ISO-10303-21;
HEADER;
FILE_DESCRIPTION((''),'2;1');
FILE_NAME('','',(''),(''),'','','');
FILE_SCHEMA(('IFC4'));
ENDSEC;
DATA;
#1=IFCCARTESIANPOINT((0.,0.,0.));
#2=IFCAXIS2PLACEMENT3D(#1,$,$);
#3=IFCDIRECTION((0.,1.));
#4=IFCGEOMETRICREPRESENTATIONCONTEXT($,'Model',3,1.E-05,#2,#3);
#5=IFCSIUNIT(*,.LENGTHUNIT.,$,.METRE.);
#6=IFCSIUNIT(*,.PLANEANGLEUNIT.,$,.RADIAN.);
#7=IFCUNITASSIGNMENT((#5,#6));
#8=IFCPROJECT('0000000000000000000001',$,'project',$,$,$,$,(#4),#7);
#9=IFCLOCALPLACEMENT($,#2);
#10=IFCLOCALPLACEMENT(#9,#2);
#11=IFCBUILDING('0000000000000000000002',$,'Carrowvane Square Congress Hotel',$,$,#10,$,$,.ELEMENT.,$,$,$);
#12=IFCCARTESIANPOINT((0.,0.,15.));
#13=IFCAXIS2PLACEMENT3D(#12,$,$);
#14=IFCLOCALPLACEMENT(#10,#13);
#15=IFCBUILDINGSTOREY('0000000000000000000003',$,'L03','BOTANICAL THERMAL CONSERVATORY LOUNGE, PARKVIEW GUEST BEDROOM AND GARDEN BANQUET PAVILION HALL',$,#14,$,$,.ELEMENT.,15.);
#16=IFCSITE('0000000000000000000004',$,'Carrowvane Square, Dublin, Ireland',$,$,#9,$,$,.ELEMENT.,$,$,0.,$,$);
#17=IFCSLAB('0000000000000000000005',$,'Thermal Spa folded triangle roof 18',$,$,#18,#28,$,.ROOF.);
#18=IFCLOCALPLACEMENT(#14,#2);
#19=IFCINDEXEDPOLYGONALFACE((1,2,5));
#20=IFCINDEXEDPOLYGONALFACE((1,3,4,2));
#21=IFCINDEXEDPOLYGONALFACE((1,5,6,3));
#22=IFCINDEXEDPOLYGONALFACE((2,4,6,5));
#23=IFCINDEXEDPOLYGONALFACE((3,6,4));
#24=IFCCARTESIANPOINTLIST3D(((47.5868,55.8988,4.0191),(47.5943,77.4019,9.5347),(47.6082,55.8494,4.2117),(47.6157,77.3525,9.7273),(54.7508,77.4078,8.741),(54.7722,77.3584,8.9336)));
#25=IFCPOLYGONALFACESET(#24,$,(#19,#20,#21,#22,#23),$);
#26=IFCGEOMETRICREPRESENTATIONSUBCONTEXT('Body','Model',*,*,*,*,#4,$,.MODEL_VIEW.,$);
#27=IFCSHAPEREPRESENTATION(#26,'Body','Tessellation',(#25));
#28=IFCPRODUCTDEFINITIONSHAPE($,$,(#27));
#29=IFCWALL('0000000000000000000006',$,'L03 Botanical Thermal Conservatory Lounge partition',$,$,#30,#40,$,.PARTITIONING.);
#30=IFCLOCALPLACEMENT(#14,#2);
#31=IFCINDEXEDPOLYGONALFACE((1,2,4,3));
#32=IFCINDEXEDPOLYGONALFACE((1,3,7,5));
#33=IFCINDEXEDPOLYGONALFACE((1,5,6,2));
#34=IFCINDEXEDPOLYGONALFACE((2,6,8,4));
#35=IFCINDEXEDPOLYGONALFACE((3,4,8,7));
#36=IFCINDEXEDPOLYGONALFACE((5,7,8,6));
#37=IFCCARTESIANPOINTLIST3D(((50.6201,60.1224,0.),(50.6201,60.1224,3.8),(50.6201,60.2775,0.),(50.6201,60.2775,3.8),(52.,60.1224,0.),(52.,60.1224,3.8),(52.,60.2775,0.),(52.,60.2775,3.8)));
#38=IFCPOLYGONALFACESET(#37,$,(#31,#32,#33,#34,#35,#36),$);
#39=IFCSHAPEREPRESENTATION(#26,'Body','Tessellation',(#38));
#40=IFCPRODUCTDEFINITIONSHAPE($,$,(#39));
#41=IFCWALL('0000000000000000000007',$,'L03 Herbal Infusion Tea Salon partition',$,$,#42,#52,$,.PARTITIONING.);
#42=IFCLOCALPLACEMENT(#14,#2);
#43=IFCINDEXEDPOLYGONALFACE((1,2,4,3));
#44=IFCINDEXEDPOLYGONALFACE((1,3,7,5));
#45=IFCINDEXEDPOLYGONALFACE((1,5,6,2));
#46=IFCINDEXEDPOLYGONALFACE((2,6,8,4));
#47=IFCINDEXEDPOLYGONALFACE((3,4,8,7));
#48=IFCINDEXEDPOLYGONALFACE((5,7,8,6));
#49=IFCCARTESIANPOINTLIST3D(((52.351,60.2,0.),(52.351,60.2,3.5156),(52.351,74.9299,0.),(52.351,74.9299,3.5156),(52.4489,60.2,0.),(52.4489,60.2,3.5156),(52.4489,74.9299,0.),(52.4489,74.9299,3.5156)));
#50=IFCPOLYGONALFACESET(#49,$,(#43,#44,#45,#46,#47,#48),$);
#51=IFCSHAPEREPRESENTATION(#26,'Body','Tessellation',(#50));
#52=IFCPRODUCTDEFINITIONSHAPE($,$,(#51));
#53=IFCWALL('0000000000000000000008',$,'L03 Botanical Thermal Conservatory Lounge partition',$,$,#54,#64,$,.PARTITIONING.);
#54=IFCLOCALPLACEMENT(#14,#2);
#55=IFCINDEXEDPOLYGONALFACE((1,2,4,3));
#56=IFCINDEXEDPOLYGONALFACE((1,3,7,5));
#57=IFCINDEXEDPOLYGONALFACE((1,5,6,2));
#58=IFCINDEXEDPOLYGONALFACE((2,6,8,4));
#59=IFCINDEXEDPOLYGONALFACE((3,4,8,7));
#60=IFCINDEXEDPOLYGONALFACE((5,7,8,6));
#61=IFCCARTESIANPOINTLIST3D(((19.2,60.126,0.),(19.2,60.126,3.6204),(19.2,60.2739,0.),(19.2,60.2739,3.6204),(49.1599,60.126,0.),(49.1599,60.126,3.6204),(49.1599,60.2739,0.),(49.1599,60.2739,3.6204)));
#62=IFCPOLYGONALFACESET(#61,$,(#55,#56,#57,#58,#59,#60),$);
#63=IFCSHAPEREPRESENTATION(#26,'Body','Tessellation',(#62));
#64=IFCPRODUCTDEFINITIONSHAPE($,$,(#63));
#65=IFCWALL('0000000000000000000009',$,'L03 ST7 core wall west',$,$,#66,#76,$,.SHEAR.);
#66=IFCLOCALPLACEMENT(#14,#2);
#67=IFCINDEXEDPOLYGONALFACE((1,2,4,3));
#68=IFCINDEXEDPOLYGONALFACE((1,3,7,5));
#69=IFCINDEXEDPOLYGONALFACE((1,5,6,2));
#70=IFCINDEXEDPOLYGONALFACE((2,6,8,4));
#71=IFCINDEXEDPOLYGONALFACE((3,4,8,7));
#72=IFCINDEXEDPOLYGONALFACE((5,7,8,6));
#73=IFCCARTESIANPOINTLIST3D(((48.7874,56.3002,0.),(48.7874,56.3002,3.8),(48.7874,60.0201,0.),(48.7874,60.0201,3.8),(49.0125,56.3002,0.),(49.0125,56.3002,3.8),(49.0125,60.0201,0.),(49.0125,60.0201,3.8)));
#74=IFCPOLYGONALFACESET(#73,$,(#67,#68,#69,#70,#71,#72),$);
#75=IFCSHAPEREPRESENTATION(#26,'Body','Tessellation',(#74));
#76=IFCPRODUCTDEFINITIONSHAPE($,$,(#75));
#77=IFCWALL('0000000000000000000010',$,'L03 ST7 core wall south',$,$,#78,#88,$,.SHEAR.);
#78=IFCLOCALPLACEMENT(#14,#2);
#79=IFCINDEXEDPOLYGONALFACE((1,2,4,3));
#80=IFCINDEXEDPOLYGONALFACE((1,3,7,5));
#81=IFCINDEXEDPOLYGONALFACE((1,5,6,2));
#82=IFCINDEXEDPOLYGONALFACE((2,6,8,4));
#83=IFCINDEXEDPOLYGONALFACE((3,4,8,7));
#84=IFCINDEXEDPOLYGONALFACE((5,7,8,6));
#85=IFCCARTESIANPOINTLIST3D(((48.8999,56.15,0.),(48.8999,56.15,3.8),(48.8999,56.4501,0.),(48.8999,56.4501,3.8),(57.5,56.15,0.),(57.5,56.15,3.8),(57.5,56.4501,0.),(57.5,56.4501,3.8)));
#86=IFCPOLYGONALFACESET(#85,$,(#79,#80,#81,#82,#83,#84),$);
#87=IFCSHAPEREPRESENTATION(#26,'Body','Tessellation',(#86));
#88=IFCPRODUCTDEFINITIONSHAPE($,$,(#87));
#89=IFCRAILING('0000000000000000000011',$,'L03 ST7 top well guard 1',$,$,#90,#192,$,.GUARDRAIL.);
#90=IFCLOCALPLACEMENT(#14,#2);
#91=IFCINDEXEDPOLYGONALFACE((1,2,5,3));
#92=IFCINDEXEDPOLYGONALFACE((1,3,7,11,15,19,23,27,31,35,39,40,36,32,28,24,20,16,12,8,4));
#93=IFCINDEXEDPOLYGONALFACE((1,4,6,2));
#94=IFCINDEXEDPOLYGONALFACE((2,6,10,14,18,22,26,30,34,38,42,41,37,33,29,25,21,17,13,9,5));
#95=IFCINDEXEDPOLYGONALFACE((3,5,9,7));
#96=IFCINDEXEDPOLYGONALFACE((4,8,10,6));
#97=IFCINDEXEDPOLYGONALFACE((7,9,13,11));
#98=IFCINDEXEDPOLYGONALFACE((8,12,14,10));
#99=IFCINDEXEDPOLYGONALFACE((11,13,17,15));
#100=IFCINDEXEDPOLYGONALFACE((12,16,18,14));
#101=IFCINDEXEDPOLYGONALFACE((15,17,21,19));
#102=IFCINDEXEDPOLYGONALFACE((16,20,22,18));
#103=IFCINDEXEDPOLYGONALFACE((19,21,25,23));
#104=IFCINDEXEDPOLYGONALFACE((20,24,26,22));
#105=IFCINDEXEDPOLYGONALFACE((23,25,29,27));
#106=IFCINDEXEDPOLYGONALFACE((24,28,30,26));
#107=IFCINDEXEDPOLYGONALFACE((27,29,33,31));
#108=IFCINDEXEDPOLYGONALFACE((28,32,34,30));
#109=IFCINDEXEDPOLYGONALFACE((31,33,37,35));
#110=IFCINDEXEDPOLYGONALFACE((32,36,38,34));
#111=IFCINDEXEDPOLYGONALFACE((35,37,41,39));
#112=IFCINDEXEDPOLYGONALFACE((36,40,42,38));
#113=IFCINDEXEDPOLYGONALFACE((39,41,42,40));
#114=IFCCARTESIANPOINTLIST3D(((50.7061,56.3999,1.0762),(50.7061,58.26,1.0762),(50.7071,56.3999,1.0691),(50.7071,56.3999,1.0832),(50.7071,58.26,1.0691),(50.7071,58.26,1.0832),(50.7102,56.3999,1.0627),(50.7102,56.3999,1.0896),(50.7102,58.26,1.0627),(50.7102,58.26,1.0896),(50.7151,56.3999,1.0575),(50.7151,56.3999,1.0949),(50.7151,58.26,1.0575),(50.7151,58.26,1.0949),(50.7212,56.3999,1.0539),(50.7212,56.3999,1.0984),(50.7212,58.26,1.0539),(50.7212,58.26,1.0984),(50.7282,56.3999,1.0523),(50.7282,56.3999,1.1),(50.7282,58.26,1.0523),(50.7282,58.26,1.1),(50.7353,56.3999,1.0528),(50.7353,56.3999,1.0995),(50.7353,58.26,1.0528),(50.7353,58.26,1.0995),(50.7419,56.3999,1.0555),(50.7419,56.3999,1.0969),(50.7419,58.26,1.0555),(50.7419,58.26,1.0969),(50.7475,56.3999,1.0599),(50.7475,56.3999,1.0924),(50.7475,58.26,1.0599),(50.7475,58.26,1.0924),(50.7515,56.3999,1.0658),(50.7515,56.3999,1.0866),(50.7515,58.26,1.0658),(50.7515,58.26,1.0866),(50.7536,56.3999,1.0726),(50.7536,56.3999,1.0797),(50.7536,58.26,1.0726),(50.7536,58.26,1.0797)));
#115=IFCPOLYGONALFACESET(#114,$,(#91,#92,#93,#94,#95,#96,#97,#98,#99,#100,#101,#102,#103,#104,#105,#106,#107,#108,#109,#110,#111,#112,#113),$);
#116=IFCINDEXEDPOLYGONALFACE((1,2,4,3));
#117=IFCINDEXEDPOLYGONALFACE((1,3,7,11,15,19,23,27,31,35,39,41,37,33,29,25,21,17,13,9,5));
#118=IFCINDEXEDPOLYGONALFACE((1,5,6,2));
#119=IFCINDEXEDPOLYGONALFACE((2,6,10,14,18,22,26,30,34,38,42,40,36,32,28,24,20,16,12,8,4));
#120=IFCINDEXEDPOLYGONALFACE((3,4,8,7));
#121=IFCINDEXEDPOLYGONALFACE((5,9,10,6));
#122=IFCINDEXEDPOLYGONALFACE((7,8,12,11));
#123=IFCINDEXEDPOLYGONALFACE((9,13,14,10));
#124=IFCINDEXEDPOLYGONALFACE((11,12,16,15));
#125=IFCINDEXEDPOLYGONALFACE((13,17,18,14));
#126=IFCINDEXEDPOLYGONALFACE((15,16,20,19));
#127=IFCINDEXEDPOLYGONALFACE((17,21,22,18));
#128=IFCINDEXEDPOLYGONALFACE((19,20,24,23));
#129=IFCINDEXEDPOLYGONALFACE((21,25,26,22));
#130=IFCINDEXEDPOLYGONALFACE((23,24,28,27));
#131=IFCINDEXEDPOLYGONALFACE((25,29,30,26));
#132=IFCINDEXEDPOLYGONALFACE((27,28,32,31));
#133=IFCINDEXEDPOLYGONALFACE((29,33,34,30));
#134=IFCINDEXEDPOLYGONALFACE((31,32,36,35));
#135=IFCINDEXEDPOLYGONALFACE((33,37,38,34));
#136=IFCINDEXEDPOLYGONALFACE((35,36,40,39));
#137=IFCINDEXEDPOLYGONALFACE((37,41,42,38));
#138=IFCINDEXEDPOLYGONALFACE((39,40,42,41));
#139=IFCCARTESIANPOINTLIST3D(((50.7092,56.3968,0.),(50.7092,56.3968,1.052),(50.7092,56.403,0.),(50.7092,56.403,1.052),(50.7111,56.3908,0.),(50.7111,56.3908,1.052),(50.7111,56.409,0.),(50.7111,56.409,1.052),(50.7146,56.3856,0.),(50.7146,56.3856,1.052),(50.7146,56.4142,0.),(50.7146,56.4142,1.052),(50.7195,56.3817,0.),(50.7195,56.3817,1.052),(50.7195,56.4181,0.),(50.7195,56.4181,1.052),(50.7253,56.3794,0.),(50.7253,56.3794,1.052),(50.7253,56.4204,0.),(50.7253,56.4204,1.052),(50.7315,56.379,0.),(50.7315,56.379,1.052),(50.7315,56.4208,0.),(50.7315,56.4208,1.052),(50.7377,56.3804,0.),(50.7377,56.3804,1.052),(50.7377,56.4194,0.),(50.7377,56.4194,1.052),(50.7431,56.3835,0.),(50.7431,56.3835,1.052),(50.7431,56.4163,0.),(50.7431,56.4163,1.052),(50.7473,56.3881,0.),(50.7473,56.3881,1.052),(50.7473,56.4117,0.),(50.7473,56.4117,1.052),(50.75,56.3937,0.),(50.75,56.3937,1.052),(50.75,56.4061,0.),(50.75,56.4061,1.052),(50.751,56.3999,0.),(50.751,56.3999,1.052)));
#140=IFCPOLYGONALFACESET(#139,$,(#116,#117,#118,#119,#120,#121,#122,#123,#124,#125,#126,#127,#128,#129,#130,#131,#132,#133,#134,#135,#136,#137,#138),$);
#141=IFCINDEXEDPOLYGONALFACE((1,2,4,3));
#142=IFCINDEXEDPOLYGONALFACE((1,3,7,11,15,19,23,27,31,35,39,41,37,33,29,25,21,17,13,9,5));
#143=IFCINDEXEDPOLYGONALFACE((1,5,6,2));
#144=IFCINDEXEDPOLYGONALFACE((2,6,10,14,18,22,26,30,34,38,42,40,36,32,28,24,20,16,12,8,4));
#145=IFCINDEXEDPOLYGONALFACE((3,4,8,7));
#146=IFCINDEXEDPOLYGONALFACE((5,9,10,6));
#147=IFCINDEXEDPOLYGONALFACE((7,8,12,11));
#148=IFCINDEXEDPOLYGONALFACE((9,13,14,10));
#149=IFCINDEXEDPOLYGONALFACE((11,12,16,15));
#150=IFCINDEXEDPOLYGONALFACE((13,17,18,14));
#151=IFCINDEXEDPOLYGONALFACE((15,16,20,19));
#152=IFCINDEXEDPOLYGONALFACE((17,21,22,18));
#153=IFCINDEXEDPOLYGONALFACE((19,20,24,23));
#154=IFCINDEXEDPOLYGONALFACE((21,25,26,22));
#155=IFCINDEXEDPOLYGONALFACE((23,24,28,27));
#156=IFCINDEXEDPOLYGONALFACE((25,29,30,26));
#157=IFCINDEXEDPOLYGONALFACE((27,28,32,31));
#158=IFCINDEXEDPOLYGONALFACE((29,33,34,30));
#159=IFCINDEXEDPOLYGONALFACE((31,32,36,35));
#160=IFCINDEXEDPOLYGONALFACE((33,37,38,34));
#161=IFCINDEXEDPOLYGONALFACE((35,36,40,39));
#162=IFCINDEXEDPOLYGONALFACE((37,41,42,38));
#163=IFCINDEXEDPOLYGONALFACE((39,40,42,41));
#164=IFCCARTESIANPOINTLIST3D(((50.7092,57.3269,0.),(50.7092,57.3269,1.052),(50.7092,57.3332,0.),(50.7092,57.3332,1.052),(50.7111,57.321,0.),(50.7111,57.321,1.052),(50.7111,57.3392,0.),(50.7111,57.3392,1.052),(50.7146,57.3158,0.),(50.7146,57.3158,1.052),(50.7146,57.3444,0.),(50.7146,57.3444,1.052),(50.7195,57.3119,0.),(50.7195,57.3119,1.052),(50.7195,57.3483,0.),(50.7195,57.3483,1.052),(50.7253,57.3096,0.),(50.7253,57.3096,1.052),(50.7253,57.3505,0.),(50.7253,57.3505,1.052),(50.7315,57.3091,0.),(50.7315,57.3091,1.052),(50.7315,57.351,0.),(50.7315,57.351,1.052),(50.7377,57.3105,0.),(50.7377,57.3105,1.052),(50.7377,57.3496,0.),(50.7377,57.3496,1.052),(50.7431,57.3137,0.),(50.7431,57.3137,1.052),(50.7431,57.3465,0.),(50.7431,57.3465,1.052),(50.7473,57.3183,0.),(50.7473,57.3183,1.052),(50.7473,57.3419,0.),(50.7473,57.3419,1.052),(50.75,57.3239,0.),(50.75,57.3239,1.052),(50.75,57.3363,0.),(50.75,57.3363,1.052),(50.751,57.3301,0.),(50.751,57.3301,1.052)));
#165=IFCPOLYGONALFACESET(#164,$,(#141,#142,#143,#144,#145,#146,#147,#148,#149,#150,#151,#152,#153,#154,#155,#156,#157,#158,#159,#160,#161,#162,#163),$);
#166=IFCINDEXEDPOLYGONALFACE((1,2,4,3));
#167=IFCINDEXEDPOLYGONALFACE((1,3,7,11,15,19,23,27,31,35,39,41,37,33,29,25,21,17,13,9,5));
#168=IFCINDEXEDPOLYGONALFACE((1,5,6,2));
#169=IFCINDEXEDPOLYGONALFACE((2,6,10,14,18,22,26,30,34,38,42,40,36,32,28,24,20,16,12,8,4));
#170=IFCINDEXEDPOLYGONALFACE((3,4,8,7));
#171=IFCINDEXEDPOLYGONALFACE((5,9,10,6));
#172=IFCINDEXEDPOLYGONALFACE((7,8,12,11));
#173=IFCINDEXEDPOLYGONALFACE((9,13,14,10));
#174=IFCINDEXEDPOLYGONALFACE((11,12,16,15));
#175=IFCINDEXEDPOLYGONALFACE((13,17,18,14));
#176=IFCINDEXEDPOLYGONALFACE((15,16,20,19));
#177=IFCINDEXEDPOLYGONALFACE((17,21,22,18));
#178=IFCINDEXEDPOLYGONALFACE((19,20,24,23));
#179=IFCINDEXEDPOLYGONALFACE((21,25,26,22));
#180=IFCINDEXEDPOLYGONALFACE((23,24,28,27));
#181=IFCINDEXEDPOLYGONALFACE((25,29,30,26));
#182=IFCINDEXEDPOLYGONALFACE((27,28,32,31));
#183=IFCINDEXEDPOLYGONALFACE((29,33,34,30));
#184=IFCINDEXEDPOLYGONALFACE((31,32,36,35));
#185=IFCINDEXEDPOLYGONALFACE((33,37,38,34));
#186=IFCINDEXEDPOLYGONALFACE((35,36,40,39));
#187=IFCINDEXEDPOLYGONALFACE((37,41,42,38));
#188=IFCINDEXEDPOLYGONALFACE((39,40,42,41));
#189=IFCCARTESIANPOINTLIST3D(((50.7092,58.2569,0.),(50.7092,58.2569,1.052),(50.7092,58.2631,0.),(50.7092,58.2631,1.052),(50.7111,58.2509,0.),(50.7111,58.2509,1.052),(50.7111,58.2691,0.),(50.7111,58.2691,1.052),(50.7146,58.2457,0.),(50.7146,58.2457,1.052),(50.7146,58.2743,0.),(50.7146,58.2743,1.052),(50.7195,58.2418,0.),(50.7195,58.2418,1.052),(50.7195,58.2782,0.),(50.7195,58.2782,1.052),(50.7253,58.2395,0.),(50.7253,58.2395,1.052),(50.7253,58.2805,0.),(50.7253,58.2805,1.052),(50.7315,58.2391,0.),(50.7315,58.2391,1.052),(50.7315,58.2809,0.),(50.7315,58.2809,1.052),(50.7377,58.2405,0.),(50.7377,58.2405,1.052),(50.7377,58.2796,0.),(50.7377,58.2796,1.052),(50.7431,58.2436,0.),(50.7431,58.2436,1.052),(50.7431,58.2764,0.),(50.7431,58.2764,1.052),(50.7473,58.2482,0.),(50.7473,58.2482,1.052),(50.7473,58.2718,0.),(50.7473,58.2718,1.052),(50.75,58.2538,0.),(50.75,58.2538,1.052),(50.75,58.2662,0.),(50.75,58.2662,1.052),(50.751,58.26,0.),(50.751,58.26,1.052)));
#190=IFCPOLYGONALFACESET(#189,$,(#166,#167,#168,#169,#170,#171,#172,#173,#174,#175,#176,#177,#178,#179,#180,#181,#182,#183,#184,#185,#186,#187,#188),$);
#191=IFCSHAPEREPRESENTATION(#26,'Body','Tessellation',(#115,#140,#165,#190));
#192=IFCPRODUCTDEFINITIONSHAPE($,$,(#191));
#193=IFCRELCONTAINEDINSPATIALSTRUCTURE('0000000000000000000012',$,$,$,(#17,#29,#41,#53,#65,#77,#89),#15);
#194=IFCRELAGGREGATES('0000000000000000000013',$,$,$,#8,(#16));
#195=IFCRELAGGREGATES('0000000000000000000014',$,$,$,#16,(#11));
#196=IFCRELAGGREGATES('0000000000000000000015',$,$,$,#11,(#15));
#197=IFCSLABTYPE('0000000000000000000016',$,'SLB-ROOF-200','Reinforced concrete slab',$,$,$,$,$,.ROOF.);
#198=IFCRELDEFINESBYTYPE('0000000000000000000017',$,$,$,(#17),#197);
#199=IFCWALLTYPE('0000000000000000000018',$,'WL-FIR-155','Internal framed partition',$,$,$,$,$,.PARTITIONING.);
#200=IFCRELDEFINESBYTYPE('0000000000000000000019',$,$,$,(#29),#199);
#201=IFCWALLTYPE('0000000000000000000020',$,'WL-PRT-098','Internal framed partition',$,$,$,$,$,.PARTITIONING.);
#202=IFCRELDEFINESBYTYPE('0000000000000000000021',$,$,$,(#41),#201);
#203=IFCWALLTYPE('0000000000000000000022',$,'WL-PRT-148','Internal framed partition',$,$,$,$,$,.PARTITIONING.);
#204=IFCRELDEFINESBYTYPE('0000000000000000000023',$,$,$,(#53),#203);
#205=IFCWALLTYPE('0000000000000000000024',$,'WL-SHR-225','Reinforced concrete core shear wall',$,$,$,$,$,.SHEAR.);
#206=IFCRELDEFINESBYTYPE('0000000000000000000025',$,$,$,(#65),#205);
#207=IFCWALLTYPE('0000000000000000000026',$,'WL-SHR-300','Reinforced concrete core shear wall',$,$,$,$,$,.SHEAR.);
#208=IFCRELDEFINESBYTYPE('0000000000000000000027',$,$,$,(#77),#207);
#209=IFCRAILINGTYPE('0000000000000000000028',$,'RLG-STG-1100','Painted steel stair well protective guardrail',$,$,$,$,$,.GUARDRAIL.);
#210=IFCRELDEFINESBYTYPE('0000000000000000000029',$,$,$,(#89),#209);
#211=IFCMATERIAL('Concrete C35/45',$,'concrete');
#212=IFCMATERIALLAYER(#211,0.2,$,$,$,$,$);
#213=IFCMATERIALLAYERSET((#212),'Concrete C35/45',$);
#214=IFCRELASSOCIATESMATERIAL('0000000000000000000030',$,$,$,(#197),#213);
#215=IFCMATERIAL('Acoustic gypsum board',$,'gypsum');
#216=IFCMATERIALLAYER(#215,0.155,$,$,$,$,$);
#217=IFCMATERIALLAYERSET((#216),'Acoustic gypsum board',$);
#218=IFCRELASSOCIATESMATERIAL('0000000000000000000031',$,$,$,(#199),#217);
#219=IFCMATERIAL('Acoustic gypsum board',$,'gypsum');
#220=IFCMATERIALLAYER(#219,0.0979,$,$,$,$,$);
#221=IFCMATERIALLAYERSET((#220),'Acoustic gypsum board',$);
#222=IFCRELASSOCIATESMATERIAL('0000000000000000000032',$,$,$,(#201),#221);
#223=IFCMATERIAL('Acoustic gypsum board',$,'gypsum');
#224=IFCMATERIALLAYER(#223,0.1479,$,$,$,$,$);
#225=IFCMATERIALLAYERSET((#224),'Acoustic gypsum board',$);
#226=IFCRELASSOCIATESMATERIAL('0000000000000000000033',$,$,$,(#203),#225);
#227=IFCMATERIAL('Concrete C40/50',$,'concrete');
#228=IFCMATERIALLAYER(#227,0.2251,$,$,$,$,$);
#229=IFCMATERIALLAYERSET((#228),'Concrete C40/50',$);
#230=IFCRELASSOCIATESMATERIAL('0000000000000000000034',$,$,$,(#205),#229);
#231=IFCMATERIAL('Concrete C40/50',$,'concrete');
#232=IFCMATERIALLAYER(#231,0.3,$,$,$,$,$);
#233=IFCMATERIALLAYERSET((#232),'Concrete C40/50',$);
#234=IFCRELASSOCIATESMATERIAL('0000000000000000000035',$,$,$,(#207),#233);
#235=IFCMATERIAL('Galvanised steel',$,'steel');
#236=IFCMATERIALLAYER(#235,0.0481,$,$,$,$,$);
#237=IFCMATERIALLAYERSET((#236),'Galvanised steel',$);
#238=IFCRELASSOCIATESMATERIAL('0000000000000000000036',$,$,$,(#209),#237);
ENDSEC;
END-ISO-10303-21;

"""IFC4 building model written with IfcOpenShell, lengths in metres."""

from ifc_helpers import new_model, si_unit, direction, frame, frame_2d, origin, origin_2d, place, context, subcontext, project, spatial, polyline, rectangle, circle, outline, extrude, material, layer, layer_set, type_object, element, save


model = new_model("IFC4")

# Units and contexts
model_context = context("Model", 3, precision=1e-05, world=origin(), true_north=direction((0.0, 1.0)))
body_context = subcontext(model_context, "Body", "Model", "MODEL_VIEW")
ifc_project = project(units=[si_unit("LENGTHUNIT", "METRE"), si_unit("PLANEANGLEUNIT", "RADIAN")], contexts=[model_context])

# Site, building, storey
site_placement = place(None, origin())
site = spatial("IfcSite", under=ifc_project, at=site_placement, Name="Carrowvane Square, Dublin, Ireland", CompositionType="ELEMENT", RefElevation=0.0)
building_placement = place(site_placement, origin())
building = spatial("IfcBuilding", under=site, at=building_placement, Name="Carrowvane Square Congress Hotel", CompositionType="ELEMENT")
storey_placement = place(building_placement, frame((0.0, 0.0, 15.0)))
storey = spatial("IfcBuildingStorey", under=building, at=storey_placement, Name="L03", Description="BOTANICAL THERMAL CONSERVATORY LOUNGE, PARKVIEW GUEST BEDROOM AND GARDEN BANQUET PAVILION HALL", CompositionType="ELEMENT", Elevation=15.0)

# Slab
ifc_material_1 = material(Name="Concrete C35/45", Category="concrete")
ifc_layer_1 = layer(ifc_material_1, 0.2)
ifc_layer_set_1 = layer_set([ifc_layer_1], Name="Concrete C35/45")
slab_type = type_object("IfcSlabType", Name="SLB-ROOF-200", Description="Reinforced concrete slab", PredefinedType="ROOF", material=ifc_layer_set_1)
slab_1_placement = place(storey_placement, frame((47.6082, 55.8494, 4.2117), z_axis=(0.107013, -0.247068, 0.963071), x_axis=(0.309366, 0.928824, 0.203907)))
element("IfcSlab", 1, at=slab_1_placement, inside=storey, type_object=slab_type, Name="Thermal Spa folded triangle roof 18", PredefinedType="ROOF", context=body_context, shape_type="SweptSolid", body=[
    extrude(outline(polyline([(0.0, 0.0), (23.1573, 0.0), (21.0997, 6.9001), (0.0, 0.0)])), origin(), (0.0, 0.0, -1.0), 0.2),
])

# Walls
ifc_material_2 = material(Name="Acoustic gypsum board", Category="gypsum")
ifc_layer_2 = layer(ifc_material_2, 0.155)
ifc_layer_set_2 = layer_set([ifc_layer_2], Name="Acoustic gypsum board")
wall_type_1 = type_object("IfcWallType", Name="WL-FIR-155", Description="Internal framed partition", PredefinedType="PARTITIONING", material=ifc_layer_set_2)
wall_1_placement = place(storey_placement, frame((52.0, 60.2, 0.0), z_axis=(0.0, 0.0, 1.0), x_axis=(-1.0, 0.0, 0.0)))
element("IfcWall", 2, at=wall_1_placement, inside=storey, type_object=wall_type_1, Name="L03 Botanical Thermal Conservatory Lounge partition", PredefinedType="PARTITIONING", context=body_context, shape_type="SweptSolid", body=[
    extrude(rectangle(XDim=1.3799, YDim=0.155, at=frame_2d((0.6899, 0.0))), origin(), (0.0, 0.0, 1.0), 3.8),
])
ifc_material_3 = material(Name="Acoustic gypsum board", Category="gypsum")
ifc_layer_3 = layer(ifc_material_3, 0.0979)
ifc_layer_set_3 = layer_set([ifc_layer_3], Name="Acoustic gypsum board")
wall_type_2 = type_object("IfcWallType", Name="WL-PRT-098", Description="Internal framed partition", PredefinedType="PARTITIONING", material=ifc_layer_set_3)
wall_2_placement = place(storey_placement, frame((52.3999, 60.2, 0.0), z_axis=(0.0, 0.0, 1.0), x_axis=(0.0, 1.0, 0.0)))
element("IfcWall", 3, at=wall_2_placement, inside=storey, type_object=wall_type_2, Name="L03 Herbal Infusion Tea Salon partition", PredefinedType="PARTITIONING", context=body_context, shape_type="SweptSolid", body=[
    extrude(rectangle(XDim=14.73, YDim=0.0979, at=frame_2d((7.365, 0.0))), origin(), (0.0, 0.0, 1.0), 3.5156),
])
ifc_material_4 = material(Name="Acoustic gypsum board", Category="gypsum")
ifc_layer_4 = layer(ifc_material_4, 0.1479)
ifc_layer_set_4 = layer_set([ifc_layer_4], Name="Acoustic gypsum board")
wall_type_3 = type_object("IfcWallType", Name="WL-PRT-148", Description="Internal framed partition", PredefinedType="PARTITIONING", material=ifc_layer_set_4)
wall_3_placement = place(storey_placement, frame((49.1599, 60.2, 0.0), z_axis=(0.0, 0.0, 1.0), x_axis=(-1.0, 0.0, 0.0)))
element("IfcWall", 4, at=wall_3_placement, inside=storey, type_object=wall_type_3, Name="L03 Botanical Thermal Conservatory Lounge partition", PredefinedType="PARTITIONING", context=body_context, shape_type="SweptSolid", body=[
    extrude(rectangle(XDim=29.96, YDim=0.1479, at=frame_2d((14.98, 0.0))), origin(), (0.0, 0.0, 1.0), 3.6204),
])
ifc_material_5 = material(Name="Concrete C40/50", Category="concrete")
ifc_layer_5 = layer(ifc_material_5, 0.2251)
ifc_layer_set_5 = layer_set([ifc_layer_5], Name="Concrete C40/50")
wall_type_4 = type_object("IfcWallType", Name="WL-SHR-225", Description="Reinforced concrete core shear wall", PredefinedType="SHEAR", material=ifc_layer_set_5)
wall_4_placement = place(storey_placement, frame((48.8999, 60.02, 0.0), z_axis=(0.0, 0.0, 1.0), x_axis=(0.0, -1.0, 0.0)))
element("IfcWall", 5, at=wall_4_placement, inside=storey, type_object=wall_type_4, Name="L03 ST7 core wall west", PredefinedType="SHEAR", context=body_context, shape_type="SweptSolid", body=[
    extrude(rectangle(XDim=3.72, YDim=0.2251, at=frame_2d((1.8599, 0.0))), origin(), (0.0, 0.0, 1.0), 3.8),
])
ifc_material_6 = material(Name="Concrete C40/50", Category="concrete")
ifc_layer_6 = layer(ifc_material_6, 0.3)
ifc_layer_set_6 = layer_set([ifc_layer_6], Name="Concrete C40/50")
wall_type_5 = type_object("IfcWallType", Name="WL-SHR-300", Description="Reinforced concrete core shear wall", PredefinedType="SHEAR", material=ifc_layer_set_6)
wall_5_placement = place(storey_placement, frame((48.8999, 56.3, 0.0), z_axis=(0.0, 0.0, 1.0), x_axis=(1.0, 0.0, 0.0)))
element("IfcWall", 6, at=wall_5_placement, inside=storey, type_object=wall_type_5, Name="L03 ST7 core wall south", PredefinedType="SHEAR", context=body_context, shape_type="SweptSolid", body=[
    extrude(rectangle(XDim=8.6001, YDim=0.3, at=frame_2d((4.3, 0.0))), origin(), (0.0, 0.0, 1.0), 3.8),
])

# Railing
ifc_material_7 = material(Name="Galvanised steel", Category="steel")
ifc_layer_7 = layer(ifc_material_7, 0.0481)
ifc_layer_set_7 = layer_set([ifc_layer_7], Name="Galvanised steel")
railing_type = type_object("IfcRailingType", Name="RLG-STG-1100", Description="Painted steel stair well protective guardrail", PredefinedType="GUARDRAIL", material=ifc_layer_set_7)
railing_placement = place(storey_placement, frame((50.73, 56.3999, 0.0)))
element("IfcRailing", 7, at=railing_placement, inside=storey, type_object=railing_type, Name="L03 ST7 top well guard 1", PredefinedType="GUARDRAIL", context=body_context, shape_type="SweptSolid", body=[
    extrude(circle(Radius=0.0239, at=origin_2d()), frame((0.0, 0.0, 1.0762), z_axis=(0.0, 1.0, 0.0), x_axis=(-1.0, 0.0, 0.0)), (0.0, 0.0, 1.0), 1.8601),
    extrude(circle(Radius=0.021, at=origin_2d()), origin(), (0.0, 0.0, 1.0), 1.052),
    extrude(circle(Radius=0.021, at=origin_2d()), frame((0.0, 0.9302, 0.0)), (0.0, 0.0, 1.0), 1.052),
    extrude(circle(Radius=0.021, at=origin_2d()), frame((0.0, 1.8601, 0.0)), (0.0, 0.0, 1.0), 1.052),
])

save(model, "model.ifc")
